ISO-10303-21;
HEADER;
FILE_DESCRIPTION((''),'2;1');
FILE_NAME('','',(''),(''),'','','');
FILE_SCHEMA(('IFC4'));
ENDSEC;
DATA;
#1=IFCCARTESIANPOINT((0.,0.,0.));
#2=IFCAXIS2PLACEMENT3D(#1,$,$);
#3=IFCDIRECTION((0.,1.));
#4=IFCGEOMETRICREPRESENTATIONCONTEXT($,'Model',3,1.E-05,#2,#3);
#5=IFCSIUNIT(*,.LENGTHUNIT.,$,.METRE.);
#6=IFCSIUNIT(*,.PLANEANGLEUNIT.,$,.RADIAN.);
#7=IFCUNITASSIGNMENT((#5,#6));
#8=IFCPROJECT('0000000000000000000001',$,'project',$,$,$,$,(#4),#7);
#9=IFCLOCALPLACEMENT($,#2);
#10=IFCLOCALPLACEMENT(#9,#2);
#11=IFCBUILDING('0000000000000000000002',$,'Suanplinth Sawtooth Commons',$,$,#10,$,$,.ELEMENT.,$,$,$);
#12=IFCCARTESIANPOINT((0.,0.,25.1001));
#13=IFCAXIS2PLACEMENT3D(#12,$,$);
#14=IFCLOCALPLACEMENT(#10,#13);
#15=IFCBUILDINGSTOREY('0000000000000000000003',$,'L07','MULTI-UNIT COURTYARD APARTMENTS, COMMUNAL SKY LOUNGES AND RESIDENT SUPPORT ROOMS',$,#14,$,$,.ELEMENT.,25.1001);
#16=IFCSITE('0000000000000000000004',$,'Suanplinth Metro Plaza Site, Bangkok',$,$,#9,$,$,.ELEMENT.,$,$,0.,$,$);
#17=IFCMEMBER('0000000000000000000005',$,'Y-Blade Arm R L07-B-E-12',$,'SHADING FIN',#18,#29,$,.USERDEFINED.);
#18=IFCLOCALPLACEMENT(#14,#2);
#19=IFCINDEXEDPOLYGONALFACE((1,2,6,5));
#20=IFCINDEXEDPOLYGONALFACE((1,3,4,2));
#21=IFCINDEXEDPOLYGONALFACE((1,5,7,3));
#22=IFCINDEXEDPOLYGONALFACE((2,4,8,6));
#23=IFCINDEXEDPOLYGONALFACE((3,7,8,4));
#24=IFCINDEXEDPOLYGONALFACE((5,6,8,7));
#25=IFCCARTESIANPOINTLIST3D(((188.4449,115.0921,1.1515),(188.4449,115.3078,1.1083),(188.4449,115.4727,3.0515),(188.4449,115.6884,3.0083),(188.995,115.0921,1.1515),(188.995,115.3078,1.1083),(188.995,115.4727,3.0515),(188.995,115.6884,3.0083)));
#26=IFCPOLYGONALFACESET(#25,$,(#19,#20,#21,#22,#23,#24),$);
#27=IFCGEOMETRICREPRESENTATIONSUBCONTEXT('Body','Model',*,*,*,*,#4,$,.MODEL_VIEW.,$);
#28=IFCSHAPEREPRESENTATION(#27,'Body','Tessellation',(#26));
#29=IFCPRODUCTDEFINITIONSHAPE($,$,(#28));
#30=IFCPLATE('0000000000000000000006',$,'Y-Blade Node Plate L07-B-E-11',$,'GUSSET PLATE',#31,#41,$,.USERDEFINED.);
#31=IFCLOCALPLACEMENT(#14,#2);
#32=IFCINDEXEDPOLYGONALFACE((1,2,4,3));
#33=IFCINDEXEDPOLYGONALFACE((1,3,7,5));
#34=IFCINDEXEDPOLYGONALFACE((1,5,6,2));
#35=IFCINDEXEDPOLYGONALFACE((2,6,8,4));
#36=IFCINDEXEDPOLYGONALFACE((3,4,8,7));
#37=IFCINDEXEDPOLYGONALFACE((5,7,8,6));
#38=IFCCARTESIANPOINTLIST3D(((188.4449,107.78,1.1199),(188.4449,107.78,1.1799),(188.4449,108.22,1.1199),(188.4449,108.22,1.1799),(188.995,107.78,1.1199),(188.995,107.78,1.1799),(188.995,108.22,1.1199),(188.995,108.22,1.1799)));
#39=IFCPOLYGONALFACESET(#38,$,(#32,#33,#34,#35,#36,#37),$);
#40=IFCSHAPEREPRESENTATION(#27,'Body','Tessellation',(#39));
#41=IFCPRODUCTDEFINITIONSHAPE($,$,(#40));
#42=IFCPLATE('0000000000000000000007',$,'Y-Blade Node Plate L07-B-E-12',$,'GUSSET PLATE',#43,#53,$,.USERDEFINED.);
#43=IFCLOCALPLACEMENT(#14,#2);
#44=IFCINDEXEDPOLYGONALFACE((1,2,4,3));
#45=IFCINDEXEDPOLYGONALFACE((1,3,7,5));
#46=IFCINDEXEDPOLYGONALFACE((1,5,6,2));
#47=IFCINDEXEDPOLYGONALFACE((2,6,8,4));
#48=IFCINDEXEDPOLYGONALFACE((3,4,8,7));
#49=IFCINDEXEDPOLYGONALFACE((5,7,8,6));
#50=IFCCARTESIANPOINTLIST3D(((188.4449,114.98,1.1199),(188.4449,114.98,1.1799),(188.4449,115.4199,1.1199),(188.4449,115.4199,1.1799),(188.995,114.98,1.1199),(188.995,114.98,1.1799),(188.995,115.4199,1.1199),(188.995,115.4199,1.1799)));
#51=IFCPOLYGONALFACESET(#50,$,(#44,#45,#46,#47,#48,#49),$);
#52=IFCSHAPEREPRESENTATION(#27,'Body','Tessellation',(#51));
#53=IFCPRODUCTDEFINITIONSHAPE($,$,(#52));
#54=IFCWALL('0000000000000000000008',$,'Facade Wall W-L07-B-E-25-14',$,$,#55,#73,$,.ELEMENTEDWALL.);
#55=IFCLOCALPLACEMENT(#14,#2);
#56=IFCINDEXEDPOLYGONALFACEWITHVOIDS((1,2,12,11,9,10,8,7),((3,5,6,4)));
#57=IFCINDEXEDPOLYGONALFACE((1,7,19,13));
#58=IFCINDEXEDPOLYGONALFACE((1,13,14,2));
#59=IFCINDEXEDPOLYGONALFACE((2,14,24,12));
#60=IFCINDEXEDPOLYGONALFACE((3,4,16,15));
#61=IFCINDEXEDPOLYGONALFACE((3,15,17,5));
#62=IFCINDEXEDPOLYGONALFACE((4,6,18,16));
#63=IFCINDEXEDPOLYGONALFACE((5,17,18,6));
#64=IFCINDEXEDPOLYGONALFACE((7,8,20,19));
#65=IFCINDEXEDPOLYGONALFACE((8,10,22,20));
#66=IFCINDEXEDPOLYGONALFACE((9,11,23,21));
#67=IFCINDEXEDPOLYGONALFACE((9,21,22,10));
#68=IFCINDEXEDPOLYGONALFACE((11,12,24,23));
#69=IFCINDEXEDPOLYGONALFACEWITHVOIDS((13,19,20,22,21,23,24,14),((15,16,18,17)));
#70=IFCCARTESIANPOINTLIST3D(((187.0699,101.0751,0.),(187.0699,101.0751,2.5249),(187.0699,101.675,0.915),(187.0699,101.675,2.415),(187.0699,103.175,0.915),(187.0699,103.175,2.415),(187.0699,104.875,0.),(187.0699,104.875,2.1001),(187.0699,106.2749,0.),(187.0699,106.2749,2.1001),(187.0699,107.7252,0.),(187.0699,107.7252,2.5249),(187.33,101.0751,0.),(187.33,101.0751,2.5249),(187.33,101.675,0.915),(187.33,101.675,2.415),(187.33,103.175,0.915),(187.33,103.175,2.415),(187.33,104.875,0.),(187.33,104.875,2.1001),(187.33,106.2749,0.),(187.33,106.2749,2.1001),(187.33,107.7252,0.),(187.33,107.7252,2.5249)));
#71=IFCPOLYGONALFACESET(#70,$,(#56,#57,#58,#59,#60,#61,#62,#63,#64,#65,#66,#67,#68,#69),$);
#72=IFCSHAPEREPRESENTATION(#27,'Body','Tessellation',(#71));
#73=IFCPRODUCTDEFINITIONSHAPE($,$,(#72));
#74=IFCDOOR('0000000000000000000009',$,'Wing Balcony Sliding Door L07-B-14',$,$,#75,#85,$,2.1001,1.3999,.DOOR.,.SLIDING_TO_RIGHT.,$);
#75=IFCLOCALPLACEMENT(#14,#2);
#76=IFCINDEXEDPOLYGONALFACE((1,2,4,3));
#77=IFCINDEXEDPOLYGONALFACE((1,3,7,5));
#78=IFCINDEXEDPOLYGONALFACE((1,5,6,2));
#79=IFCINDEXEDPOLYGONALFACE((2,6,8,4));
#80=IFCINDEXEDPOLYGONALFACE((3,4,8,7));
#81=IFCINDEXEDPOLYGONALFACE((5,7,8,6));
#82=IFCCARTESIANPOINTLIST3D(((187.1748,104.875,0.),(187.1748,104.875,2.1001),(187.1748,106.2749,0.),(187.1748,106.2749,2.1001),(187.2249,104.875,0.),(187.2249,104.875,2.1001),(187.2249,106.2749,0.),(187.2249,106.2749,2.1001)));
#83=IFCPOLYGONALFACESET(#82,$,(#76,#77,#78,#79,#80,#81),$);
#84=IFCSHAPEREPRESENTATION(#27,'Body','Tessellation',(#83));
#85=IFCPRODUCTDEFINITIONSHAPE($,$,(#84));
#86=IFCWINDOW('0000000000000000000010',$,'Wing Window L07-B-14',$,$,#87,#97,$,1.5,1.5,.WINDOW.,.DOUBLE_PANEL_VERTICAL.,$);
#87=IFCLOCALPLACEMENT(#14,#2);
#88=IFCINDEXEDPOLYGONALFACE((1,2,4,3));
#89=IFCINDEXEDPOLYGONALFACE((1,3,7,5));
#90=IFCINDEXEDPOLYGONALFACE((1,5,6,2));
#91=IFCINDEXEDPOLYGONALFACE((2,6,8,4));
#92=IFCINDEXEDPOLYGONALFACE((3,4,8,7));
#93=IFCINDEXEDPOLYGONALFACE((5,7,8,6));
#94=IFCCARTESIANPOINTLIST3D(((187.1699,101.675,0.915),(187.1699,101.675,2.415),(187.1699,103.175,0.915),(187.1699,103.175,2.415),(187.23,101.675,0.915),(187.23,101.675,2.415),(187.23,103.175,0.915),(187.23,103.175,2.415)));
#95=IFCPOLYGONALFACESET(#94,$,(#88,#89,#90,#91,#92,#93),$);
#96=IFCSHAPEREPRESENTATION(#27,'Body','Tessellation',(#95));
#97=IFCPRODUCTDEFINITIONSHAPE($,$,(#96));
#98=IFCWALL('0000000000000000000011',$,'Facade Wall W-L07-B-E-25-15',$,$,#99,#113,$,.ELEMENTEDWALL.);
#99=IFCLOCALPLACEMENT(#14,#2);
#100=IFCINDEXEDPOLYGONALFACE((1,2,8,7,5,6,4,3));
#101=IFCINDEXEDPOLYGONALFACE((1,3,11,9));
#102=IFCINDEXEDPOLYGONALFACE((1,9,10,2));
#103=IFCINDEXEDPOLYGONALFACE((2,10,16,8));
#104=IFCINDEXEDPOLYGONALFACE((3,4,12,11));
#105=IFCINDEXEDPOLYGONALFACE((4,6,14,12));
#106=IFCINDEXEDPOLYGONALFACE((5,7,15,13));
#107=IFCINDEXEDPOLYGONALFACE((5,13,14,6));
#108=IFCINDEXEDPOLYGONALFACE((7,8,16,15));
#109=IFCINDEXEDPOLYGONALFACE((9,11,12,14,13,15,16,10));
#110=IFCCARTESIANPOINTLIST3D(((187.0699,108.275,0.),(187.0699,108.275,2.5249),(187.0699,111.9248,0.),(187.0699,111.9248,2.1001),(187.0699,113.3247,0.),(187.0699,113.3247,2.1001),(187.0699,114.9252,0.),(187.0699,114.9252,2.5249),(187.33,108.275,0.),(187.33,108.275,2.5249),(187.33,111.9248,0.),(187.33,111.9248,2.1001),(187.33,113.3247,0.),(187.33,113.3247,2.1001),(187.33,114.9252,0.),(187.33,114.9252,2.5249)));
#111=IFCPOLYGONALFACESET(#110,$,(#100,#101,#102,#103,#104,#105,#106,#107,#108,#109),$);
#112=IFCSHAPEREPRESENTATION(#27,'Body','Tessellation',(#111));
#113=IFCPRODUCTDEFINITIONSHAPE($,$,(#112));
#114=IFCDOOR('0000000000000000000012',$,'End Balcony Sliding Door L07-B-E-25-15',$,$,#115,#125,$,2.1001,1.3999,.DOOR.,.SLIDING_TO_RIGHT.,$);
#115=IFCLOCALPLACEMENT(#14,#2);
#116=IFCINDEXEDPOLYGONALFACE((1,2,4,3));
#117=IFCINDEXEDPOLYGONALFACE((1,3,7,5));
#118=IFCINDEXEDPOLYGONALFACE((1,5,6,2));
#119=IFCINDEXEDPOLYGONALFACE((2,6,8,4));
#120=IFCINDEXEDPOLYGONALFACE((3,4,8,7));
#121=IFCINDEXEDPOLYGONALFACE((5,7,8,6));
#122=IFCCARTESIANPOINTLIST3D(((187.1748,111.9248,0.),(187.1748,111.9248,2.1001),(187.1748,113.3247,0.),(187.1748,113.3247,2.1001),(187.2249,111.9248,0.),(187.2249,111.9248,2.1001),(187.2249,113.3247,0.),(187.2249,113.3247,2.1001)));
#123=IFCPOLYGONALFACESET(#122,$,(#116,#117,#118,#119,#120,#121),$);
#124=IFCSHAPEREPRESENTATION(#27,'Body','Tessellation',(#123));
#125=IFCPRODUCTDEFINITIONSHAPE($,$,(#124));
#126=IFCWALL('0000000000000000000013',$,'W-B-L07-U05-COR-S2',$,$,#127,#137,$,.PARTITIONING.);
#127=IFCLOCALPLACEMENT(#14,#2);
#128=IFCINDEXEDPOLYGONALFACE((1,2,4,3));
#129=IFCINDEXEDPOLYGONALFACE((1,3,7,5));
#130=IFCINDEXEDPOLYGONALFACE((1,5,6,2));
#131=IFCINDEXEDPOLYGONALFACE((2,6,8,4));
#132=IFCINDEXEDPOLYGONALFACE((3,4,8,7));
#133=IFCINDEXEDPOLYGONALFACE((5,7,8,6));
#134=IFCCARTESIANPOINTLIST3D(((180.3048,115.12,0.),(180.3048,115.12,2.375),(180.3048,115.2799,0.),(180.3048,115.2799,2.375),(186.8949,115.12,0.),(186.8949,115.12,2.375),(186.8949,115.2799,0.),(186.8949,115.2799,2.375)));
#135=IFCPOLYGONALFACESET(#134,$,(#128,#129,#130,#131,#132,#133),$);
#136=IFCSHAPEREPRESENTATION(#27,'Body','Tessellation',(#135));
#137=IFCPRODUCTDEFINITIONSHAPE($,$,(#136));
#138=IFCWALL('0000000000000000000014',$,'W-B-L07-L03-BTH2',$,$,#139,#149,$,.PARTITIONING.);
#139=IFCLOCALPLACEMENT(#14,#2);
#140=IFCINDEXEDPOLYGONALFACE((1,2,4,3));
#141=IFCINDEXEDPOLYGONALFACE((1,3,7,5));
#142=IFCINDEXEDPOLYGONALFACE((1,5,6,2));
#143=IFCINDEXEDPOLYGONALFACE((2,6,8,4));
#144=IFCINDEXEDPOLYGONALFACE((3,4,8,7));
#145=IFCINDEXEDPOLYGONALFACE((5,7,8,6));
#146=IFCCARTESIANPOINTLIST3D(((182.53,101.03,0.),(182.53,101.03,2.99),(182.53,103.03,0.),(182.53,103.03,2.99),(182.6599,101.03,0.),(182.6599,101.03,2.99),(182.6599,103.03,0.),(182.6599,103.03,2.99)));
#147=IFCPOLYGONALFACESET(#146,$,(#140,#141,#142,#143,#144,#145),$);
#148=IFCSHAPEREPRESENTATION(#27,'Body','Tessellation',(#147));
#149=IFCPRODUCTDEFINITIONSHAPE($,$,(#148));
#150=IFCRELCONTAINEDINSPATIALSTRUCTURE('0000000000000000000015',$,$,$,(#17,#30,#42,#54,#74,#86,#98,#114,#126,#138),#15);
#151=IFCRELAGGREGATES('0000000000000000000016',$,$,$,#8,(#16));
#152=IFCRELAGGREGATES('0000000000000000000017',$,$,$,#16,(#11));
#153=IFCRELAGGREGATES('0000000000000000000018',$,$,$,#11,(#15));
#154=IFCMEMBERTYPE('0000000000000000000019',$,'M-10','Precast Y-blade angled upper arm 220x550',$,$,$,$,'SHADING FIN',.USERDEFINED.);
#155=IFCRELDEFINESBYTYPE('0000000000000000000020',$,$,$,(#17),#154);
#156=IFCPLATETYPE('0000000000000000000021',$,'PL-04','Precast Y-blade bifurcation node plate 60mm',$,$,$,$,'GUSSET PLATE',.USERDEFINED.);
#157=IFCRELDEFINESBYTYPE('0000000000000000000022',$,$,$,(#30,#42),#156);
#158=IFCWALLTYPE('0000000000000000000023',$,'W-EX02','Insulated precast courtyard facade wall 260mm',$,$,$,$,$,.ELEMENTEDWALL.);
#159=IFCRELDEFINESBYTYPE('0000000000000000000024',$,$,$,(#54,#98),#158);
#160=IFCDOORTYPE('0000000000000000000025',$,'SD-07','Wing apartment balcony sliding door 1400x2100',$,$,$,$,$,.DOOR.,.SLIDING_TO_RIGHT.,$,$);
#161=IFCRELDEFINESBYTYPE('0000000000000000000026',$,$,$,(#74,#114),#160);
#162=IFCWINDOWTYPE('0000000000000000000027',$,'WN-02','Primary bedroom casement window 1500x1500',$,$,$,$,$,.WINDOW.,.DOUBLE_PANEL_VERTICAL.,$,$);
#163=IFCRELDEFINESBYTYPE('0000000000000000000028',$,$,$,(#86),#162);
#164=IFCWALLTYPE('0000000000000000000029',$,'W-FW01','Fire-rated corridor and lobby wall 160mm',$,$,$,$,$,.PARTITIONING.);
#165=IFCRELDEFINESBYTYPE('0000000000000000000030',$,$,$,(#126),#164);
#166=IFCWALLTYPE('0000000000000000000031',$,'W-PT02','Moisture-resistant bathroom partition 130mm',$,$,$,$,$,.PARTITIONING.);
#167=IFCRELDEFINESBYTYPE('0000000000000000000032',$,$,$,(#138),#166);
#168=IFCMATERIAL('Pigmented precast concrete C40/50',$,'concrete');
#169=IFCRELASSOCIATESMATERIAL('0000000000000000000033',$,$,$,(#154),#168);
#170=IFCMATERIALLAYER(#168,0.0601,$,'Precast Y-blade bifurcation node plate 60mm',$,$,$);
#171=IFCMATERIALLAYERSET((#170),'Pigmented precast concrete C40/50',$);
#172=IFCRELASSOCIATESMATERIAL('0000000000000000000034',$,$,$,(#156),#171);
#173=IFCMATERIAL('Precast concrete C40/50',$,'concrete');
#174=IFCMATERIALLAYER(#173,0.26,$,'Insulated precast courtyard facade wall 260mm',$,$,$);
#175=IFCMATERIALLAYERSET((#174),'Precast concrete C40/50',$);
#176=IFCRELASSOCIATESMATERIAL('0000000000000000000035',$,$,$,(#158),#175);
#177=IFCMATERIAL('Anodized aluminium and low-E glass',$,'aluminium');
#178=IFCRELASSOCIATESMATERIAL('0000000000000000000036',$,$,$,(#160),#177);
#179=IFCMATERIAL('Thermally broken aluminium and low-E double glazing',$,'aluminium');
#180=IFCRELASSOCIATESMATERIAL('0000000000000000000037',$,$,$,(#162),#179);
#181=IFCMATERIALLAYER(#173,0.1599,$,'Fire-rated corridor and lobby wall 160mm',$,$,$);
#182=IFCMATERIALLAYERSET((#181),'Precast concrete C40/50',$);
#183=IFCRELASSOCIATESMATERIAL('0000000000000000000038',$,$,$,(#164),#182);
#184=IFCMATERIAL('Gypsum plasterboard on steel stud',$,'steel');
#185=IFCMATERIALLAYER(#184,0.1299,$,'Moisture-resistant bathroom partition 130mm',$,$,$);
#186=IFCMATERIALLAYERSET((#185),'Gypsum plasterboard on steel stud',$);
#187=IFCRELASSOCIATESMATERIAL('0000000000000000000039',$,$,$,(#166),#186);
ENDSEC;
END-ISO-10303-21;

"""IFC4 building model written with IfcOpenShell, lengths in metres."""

from ifc_helpers import new_model, si_unit, direction, frame, frame_2d, origin, origin_2d, place, context, subcontext, project, spatial, rectangle, extrude, material, layer, layer_set, material_profile, profile_set, type_object, element, fill, save


model = new_model("IFC4")

# Units and contexts
model_context = context("Model", 3, precision=1e-05, world=origin(), true_north=direction((0.0, 1.0)))
body_context = subcontext(model_context, "Body", "Model", "MODEL_VIEW")
ifc_project = project(units=[si_unit("LENGTHUNIT", "METRE"), si_unit("PLANEANGLEUNIT", "RADIAN")], contexts=[model_context])

# Site, building, storey
site_placement = place(None, origin())
site = spatial("IfcSite", under=ifc_project, at=site_placement, Name="Suanplinth Metro Plaza Site, Bangkok", CompositionType="ELEMENT", RefElevation=0.0)
building_placement = place(site_placement, origin())
building = spatial("IfcBuilding", under=site, at=building_placement, Name="Suanplinth Sawtooth Commons", CompositionType="ELEMENT")
storey_placement = place(building_placement, frame((0.0, 0.0, 25.1001)))
storey = spatial("IfcBuildingStorey", under=building, at=storey_placement, Name="L07", Description="MULTI-UNIT COURTYARD APARTMENTS, COMMUNAL SKY LOUNGES AND RESIDENT SUPPORT ROOMS", CompositionType="ELEMENT", Elevation=25.1001)

# Shared definitions
ifc_material_1 = material(Name="Precast concrete C40/50", Category="concrete")

# Member
ifc_material_2 = material(Name="Pigmented precast concrete C40/50", Category="concrete")
ifc_material_profile_1 = material_profile(ifc_material_2, rectangle(XDim=0.22, YDim=0.55, at=origin_2d()), Name="PC-FIN 220x550")
ifc_profile_set_1 = profile_set([ifc_material_profile_1], Name="Pigmented precast concrete C40/50")
member_type_1 = type_object("IfcMemberType", Name="M-10", Description="Precast Y-blade angled upper arm 220x550", ElementType="SHADING FIN", PredefinedType="USERDEFINED", material=ifc_profile_set_1)
member_1_placement = place(storey_placement, frame((188.72, 115.2, 1.1299), z_axis=(0.0, 0.196431, 0.980518), x_axis=(0.0, -0.980518, 0.196431)))
element("IfcMember", 1, at=member_1_placement, inside=storey, type_object=member_type_1, Name="Y-Blade Arm R L07-B-E-12", ObjectType="SHADING FIN", PredefinedType="USERDEFINED", context=body_context, shape_type="SweptSolid", body=[
    extrude(rectangle(XDim=0.22, YDim=0.55, at=origin_2d()), origin(), (0.0, 0.0, 1.0), 1.9377),
])

# Plates
ifc_layer_1 = layer(ifc_material_2, 0.0601, Name="Precast Y-blade bifurcation node plate 60mm")
ifc_layer_set_1 = layer_set([ifc_layer_1], Name="Pigmented precast concrete C40/50")
plate_type = type_object("IfcPlateType", Name="PL-04", Description="Precast Y-blade bifurcation node plate 60mm", ElementType="GUSSET PLATE", PredefinedType="USERDEFINED", material=ifc_layer_set_1)
for number, where, z_axis, x_axis, name in (
    (2, (188.72, 108.0, 1.1199), (0.0, 0.0, 1.0), (0.0, 1.0, 0.0), "Y-Blade Node Plate L07-B-E-11"),
    (3, (188.72, 115.2, 1.1199), (0.0, 0.0, 1.0), (0.0, 1.0, 0.0), "Y-Blade Node Plate L07-B-E-12"),
):
    element("IfcPlate", number, at=place(storey_placement, frame(where, z_axis=z_axis, x_axis=x_axis)), inside=storey, type_object=plate_type, Name=name, ObjectType="GUSSET PLATE", PredefinedType="USERDEFINED", context=body_context, shape_type="SweptSolid", body=[
        extrude(rectangle(XDim=0.4399, YDim=0.55, at=origin_2d()), origin(), (0.0, 0.0, 1.0), 0.0601),
    ])

# Wall, openings, door, window
ifc_layer_2 = layer(ifc_material_1, 0.26, Name="Insulated precast courtyard facade wall 260mm")
ifc_layer_set_2 = layer_set([ifc_layer_2], Name="Precast concrete C40/50")
wall_type_1 = type_object("IfcWallType", Name="W-EX02", Description="Insulated precast courtyard facade wall 260mm", PredefinedType="ELEMENTEDWALL", material=ifc_layer_set_2)
wall_1_placement = place(storey_placement, frame((187.2, 101.075, 0.0), z_axis=(0.0, 0.0, 1.0), x_axis=(0.0, 1.0, 0.0)))
wall_1 = element("IfcWall", 4, at=wall_1_placement, inside=storey, type_object=wall_type_1, Name="Facade Wall W-L07-B-E-25-14", PredefinedType="ELEMENTEDWALL", context=body_context, shape_type="SweptSolid", body=[
    extrude(rectangle(XDim=6.6501, YDim=0.26, at=frame_2d((3.3252, 0.0))), origin(), (0.0, 0.0, 1.0), 2.5249),
])
opening_1_placement = place(wall_1_placement, frame((3.8, 0.0, 0.0)))
opening_1 = element("IfcOpeningElement", 5, at=opening_1_placement, cuts=wall_1, PredefinedType="OPENING", context=body_context, shape_type="SweptSolid", body=[
    extrude(rectangle(XDim=1.3999, YDim=2.1001, at=frame_2d((0.7, 1.05))), frame((0.0, 0.145, 0.0), z_axis=(0.0, -1.0, 0.0), x_axis=(1.0, 0.0, 0.0)), (0.0, 0.0, 1.0), 0.2898),
])
opening_2_placement = place(wall_1_placement, frame((0.6001, 0.0, 0.915)))
opening_2 = element("IfcOpeningElement", 6, at=opening_2_placement, cuts=wall_1, PredefinedType="OPENING", context=body_context, shape_type="SweptSolid", body=[
    extrude(rectangle(XDim=1.5, YDim=1.5, at=frame_2d((0.75, 0.75))), frame((0.0, 0.145, 0.0), z_axis=(0.0, -1.0, 0.0), x_axis=(1.0, 0.0, 0.0)), (0.0, 0.0, 1.0), 0.2898),
])
ifc_material_3 = material(Name="Anodized aluminium and low-E glass", Category="aluminium")
door_type_1 = type_object("IfcDoorType", Name="SD-07", Description="Wing apartment balcony sliding door 1400x2100", OperationType="SLIDING_TO_RIGHT", PredefinedType="DOOR", material=ifc_material_3)
door_1_placement = place(opening_1_placement, frame((1.3999, 0.0, 0.0), z_axis=(0.0, 0.0, 1.0), x_axis=(-1.0, 0.0, 0.0)))
door_1 = element("IfcDoor", 7, at=door_1_placement, inside=storey, type_object=door_type_1, Name="Wing Balcony Sliding Door L07-B-14", OperationType="SLIDING_TO_RIGHT", OverallHeight=2.1001, OverallWidth=1.3999, PredefinedType="DOOR", context=body_context, shape_type="SweptSolid", body=[
    extrude(rectangle(XDim=1.3999, YDim=2.1001, at=frame_2d((0.7, 1.05))), frame((0.0, 0.0249, 0.0), z_axis=(0.0, -1.0, 0.0), x_axis=(1.0, 0.0, 0.0)), (0.0, 0.0, 1.0), 0.05),
])
fill(opening_1, door_1)
ifc_material_4 = material(Name="Thermally broken aluminium and low-E double glazing", Category="aluminium")
window_type = type_object("IfcWindowType", Name="WN-02", Description="Primary bedroom casement window 1500x1500", PartitioningType="DOUBLE_PANEL_VERTICAL", PredefinedType="WINDOW", material=ifc_material_4)
window_placement = place(opening_2_placement, origin())
window = element("IfcWindow", 8, at=window_placement, inside=storey, type_object=window_type, Name="Wing Window L07-B-14", OverallHeight=1.5, OverallWidth=1.5, PartitioningType="DOUBLE_PANEL_VERTICAL", PredefinedType="WINDOW", context=body_context, shape_type="SweptSolid", body=[
    extrude(rectangle(XDim=1.5, YDim=1.5, at=frame_2d((0.75, 0.75))), frame((0.0, 0.03, 0.0), z_axis=(0.0, -1.0, 0.0), x_axis=(1.0, 0.0, 0.0)), (0.0, 0.0, 1.0), 0.0601),
])
fill(opening_2, window)

# Wall, opening, door
wall_2_placement = place(storey_placement, frame((187.2, 108.2749, 0.0), z_axis=(0.0, 0.0, 1.0), x_axis=(0.0, 1.0, 0.0)))
wall_2 = element("IfcWall", 9, at=wall_2_placement, inside=storey, type_object=wall_type_1, Name="Facade Wall W-L07-B-E-25-15", PredefinedType="ELEMENTEDWALL", context=body_context, shape_type="SweptSolid", body=[
    extrude(rectangle(XDim=6.6501, YDim=0.26, at=frame_2d((3.3252, 0.0))), origin(), (0.0, 0.0, 1.0), 2.5249),
])
opening_3_placement = place(wall_2_placement, frame((3.6499, 0.0, 0.0)))
opening_3 = element("IfcOpeningElement", 10, at=opening_3_placement, cuts=wall_2, PredefinedType="OPENING", context=body_context, shape_type="SweptSolid", body=[
    extrude(rectangle(XDim=1.3999, YDim=2.1001, at=frame_2d((0.7, 1.05))), frame((0.0, 0.145, 0.0), z_axis=(0.0, -1.0, 0.0), x_axis=(1.0, 0.0, 0.0)), (0.0, 0.0, 1.0), 0.2898),
])
door_2_placement = place(opening_3_placement, frame((1.3999, 0.0, 0.0), z_axis=(0.0, 0.0, 1.0), x_axis=(-1.0, 0.0, 0.0)))
door_2 = element("IfcDoor", 11, at=door_2_placement, inside=storey, type_object=door_type_1, Name="End Balcony Sliding Door L07-B-E-25-15", OperationType="SLIDING_TO_RIGHT", OverallHeight=2.1001, OverallWidth=1.3999, PredefinedType="DOOR", context=body_context, shape_type="SweptSolid", body=[
    extrude(rectangle(XDim=1.3999, YDim=2.1001, at=frame_2d((0.7, 1.05))), frame((0.0, 0.0249, 0.0), z_axis=(0.0, -1.0, 0.0), x_axis=(1.0, 0.0, 0.0)), (0.0, 0.0, 1.0), 0.05),
])
fill(opening_3, door_2)

# Walls
ifc_layer_3 = layer(ifc_material_1, 0.1599, Name="Fire-rated corridor and lobby wall 160mm")
ifc_layer_set_3 = layer_set([ifc_layer_3], Name="Precast concrete C40/50")
wall_type_2 = type_object("IfcWallType", Name="W-FW01", Description="Fire-rated corridor and lobby wall 160mm", PredefinedType="PARTITIONING", material=ifc_layer_set_3)
wall_3_placement = place(storey_placement, frame((180.3049, 115.2, 0.0), z_axis=(0.0, 0.0, 1.0), x_axis=(1.0, 0.0, 0.0)))
element("IfcWall", 12, at=wall_3_placement, inside=storey, type_object=wall_type_2, Name="W-B-L07-U05-COR-S2", PredefinedType="PARTITIONING", context=body_context, shape_type="SweptSolid", body=[
    extrude(rectangle(XDim=6.5901, YDim=0.1599, at=frame_2d((3.2949, 0.0))), origin(), (0.0, 0.0, 1.0), 2.375),
])
ifc_material_5 = material(Name="Gypsum plasterboard on steel stud", Category="steel")
ifc_layer_4 = layer(ifc_material_5, 0.1299, Name="Moisture-resistant bathroom partition 130mm")
ifc_layer_set_4 = layer_set([ifc_layer_4], Name="Gypsum plasterboard on steel stud")
wall_type_3 = type_object("IfcWallType", Name="W-PT02", Description="Moisture-resistant bathroom partition 130mm", PredefinedType="PARTITIONING", material=ifc_layer_set_4)
wall_4_placement = place(storey_placement, frame((182.595, 101.03, 0.0), z_axis=(0.0, 0.0, 1.0), x_axis=(0.0, 1.0, 0.0)))
element("IfcWall", 13, at=wall_4_placement, inside=storey, type_object=wall_type_3, Name="W-B-L07-L03-BTH2", PredefinedType="PARTITIONING", context=body_context, shape_type="SweptSolid", body=[
    extrude(rectangle(XDim=2.0, YDim=0.1299, at=frame_2d((1.0, 0.0))), origin(), (0.0, 0.0, 1.0), 2.99),
])

save(model, "model.ifc")
